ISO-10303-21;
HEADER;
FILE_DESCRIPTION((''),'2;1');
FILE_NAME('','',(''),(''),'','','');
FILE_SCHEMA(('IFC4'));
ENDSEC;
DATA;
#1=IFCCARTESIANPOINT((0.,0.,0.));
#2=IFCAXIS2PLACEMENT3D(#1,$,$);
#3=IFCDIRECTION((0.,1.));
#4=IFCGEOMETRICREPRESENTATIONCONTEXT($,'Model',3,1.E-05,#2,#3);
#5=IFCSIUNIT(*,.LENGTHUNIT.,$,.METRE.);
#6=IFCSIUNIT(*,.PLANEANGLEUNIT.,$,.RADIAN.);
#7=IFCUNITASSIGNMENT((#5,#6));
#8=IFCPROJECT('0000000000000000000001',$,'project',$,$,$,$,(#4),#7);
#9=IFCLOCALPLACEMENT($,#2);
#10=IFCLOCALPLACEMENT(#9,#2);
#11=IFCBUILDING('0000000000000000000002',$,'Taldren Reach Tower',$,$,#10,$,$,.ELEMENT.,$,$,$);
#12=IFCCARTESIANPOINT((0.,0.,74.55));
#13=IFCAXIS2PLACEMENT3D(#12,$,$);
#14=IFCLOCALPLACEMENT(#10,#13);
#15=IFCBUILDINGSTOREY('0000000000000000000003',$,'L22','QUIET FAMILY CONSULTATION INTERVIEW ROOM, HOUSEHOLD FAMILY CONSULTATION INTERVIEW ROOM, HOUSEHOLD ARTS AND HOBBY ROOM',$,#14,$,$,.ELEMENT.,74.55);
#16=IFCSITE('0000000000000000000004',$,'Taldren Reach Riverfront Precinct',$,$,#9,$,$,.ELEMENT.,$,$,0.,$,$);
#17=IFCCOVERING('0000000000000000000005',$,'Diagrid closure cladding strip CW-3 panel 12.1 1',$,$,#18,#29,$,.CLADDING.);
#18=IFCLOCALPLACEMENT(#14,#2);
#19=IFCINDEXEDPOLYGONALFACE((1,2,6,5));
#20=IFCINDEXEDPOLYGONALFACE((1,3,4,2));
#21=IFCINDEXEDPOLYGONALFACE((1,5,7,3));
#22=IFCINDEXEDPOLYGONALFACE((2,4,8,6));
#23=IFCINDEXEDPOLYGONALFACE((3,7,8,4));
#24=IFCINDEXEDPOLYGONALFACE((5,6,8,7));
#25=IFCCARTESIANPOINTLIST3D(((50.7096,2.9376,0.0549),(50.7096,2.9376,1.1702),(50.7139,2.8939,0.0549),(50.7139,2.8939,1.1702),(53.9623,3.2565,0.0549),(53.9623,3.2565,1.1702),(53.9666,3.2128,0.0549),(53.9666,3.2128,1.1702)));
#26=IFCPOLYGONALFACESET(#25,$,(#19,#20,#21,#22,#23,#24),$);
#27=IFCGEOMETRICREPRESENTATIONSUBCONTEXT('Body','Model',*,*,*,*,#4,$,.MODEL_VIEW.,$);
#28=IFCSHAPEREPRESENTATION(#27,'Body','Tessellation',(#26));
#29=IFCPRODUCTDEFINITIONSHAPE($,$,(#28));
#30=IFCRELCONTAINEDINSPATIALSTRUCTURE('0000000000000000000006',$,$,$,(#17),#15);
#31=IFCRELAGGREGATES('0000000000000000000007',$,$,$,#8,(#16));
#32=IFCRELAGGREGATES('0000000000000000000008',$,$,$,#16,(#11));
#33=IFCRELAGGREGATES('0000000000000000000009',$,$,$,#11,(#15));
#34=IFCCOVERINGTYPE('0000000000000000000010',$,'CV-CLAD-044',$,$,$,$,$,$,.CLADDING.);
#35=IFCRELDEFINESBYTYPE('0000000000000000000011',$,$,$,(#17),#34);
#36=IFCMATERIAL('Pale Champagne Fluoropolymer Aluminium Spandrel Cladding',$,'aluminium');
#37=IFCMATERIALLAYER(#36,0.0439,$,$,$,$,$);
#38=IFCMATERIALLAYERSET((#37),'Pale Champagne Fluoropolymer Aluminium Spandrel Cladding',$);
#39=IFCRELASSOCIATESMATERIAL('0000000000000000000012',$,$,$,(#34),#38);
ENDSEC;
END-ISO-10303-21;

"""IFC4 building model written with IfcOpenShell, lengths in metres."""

from ifc_helpers import new_model, si_unit, direction, frame, origin, origin_2d, place, context, subcontext, project, spatial, rectangle, extrude, source, transform, mapped, material, layer, layer_set, type_object, element, save


model = new_model("IFC4")

# Units and contexts
model_context = context("Model", 3, precision=1e-05, world=origin(), true_north=direction((0.0, 1.0)))
body_context = subcontext(model_context, "Body", "Model", "MODEL_VIEW")
ifc_project = project(units=[si_unit("LENGTHUNIT", "METRE"), si_unit("PLANEANGLEUNIT", "RADIAN")], contexts=[model_context])

# Site, building, storey
site_placement = place(None, origin())
site = spatial("IfcSite", under=ifc_project, at=site_placement, Name="Taldren Reach Riverfront Precinct", CompositionType="ELEMENT", RefElevation=0.0)
building_placement = place(site_placement, origin())
building = spatial("IfcBuilding", under=site, at=building_placement, Name="Taldren Reach Tower", CompositionType="ELEMENT")
storey_placement = place(building_placement, frame((0.0, 0.0, 74.55)))
storey = spatial("IfcBuildingStorey", under=building, at=storey_placement, Name="L22", Description="QUIET FAMILY CONSULTATION INTERVIEW ROOM, HOUSEHOLD FAMILY CONSULTATION INTERVIEW ROOM, HOUSEHOLD ARTS AND HOBBY ROOM", CompositionType="ELEMENT", Elevation=74.55)

# Covering
ifc_material_1 = material(Name="Pale Champagne Fluoropolymer Aluminium Spandrel Cladding", Category="aluminium")
ifc_layer_1 = layer(ifc_material_1, 0.0439)
ifc_layer_set_1 = layer_set([ifc_layer_1], Name="Pale Champagne Fluoropolymer Aluminium Spandrel Cladding")
covering_type = type_object("IfcCoveringType", Name="CV-CLAD-044", PredefinedType="CLADDING", material=ifc_layer_set_1)
shared_shape_1 = source(origin(), body_context, "Body", "SweptSolid", [
    extrude(rectangle(XDim=3.2683, YDim=0.0439, at=origin_2d()), origin(), (0.0, 0.0, 1.0), 1.1152),
])
covering_placement = place(storey_placement, frame((52.3381, 3.0752, 0.0549), z_axis=(0.0, 0.0, 1.0), x_axis=(0.995227, 0.097583, 0.0)))
element("IfcCovering", 1, at=covering_placement, inside=storey, type_object=covering_type, Name="Diagrid closure cladding strip CW-3 panel 12.1 1", PredefinedType="CLADDING", context=body_context, shape_type="MappedRepresentation", body=[
    mapped(shared_shape_1, transform((0.0, 0.0, 0.0), scale=1.0)),
])

save(model, "model.ifc")
